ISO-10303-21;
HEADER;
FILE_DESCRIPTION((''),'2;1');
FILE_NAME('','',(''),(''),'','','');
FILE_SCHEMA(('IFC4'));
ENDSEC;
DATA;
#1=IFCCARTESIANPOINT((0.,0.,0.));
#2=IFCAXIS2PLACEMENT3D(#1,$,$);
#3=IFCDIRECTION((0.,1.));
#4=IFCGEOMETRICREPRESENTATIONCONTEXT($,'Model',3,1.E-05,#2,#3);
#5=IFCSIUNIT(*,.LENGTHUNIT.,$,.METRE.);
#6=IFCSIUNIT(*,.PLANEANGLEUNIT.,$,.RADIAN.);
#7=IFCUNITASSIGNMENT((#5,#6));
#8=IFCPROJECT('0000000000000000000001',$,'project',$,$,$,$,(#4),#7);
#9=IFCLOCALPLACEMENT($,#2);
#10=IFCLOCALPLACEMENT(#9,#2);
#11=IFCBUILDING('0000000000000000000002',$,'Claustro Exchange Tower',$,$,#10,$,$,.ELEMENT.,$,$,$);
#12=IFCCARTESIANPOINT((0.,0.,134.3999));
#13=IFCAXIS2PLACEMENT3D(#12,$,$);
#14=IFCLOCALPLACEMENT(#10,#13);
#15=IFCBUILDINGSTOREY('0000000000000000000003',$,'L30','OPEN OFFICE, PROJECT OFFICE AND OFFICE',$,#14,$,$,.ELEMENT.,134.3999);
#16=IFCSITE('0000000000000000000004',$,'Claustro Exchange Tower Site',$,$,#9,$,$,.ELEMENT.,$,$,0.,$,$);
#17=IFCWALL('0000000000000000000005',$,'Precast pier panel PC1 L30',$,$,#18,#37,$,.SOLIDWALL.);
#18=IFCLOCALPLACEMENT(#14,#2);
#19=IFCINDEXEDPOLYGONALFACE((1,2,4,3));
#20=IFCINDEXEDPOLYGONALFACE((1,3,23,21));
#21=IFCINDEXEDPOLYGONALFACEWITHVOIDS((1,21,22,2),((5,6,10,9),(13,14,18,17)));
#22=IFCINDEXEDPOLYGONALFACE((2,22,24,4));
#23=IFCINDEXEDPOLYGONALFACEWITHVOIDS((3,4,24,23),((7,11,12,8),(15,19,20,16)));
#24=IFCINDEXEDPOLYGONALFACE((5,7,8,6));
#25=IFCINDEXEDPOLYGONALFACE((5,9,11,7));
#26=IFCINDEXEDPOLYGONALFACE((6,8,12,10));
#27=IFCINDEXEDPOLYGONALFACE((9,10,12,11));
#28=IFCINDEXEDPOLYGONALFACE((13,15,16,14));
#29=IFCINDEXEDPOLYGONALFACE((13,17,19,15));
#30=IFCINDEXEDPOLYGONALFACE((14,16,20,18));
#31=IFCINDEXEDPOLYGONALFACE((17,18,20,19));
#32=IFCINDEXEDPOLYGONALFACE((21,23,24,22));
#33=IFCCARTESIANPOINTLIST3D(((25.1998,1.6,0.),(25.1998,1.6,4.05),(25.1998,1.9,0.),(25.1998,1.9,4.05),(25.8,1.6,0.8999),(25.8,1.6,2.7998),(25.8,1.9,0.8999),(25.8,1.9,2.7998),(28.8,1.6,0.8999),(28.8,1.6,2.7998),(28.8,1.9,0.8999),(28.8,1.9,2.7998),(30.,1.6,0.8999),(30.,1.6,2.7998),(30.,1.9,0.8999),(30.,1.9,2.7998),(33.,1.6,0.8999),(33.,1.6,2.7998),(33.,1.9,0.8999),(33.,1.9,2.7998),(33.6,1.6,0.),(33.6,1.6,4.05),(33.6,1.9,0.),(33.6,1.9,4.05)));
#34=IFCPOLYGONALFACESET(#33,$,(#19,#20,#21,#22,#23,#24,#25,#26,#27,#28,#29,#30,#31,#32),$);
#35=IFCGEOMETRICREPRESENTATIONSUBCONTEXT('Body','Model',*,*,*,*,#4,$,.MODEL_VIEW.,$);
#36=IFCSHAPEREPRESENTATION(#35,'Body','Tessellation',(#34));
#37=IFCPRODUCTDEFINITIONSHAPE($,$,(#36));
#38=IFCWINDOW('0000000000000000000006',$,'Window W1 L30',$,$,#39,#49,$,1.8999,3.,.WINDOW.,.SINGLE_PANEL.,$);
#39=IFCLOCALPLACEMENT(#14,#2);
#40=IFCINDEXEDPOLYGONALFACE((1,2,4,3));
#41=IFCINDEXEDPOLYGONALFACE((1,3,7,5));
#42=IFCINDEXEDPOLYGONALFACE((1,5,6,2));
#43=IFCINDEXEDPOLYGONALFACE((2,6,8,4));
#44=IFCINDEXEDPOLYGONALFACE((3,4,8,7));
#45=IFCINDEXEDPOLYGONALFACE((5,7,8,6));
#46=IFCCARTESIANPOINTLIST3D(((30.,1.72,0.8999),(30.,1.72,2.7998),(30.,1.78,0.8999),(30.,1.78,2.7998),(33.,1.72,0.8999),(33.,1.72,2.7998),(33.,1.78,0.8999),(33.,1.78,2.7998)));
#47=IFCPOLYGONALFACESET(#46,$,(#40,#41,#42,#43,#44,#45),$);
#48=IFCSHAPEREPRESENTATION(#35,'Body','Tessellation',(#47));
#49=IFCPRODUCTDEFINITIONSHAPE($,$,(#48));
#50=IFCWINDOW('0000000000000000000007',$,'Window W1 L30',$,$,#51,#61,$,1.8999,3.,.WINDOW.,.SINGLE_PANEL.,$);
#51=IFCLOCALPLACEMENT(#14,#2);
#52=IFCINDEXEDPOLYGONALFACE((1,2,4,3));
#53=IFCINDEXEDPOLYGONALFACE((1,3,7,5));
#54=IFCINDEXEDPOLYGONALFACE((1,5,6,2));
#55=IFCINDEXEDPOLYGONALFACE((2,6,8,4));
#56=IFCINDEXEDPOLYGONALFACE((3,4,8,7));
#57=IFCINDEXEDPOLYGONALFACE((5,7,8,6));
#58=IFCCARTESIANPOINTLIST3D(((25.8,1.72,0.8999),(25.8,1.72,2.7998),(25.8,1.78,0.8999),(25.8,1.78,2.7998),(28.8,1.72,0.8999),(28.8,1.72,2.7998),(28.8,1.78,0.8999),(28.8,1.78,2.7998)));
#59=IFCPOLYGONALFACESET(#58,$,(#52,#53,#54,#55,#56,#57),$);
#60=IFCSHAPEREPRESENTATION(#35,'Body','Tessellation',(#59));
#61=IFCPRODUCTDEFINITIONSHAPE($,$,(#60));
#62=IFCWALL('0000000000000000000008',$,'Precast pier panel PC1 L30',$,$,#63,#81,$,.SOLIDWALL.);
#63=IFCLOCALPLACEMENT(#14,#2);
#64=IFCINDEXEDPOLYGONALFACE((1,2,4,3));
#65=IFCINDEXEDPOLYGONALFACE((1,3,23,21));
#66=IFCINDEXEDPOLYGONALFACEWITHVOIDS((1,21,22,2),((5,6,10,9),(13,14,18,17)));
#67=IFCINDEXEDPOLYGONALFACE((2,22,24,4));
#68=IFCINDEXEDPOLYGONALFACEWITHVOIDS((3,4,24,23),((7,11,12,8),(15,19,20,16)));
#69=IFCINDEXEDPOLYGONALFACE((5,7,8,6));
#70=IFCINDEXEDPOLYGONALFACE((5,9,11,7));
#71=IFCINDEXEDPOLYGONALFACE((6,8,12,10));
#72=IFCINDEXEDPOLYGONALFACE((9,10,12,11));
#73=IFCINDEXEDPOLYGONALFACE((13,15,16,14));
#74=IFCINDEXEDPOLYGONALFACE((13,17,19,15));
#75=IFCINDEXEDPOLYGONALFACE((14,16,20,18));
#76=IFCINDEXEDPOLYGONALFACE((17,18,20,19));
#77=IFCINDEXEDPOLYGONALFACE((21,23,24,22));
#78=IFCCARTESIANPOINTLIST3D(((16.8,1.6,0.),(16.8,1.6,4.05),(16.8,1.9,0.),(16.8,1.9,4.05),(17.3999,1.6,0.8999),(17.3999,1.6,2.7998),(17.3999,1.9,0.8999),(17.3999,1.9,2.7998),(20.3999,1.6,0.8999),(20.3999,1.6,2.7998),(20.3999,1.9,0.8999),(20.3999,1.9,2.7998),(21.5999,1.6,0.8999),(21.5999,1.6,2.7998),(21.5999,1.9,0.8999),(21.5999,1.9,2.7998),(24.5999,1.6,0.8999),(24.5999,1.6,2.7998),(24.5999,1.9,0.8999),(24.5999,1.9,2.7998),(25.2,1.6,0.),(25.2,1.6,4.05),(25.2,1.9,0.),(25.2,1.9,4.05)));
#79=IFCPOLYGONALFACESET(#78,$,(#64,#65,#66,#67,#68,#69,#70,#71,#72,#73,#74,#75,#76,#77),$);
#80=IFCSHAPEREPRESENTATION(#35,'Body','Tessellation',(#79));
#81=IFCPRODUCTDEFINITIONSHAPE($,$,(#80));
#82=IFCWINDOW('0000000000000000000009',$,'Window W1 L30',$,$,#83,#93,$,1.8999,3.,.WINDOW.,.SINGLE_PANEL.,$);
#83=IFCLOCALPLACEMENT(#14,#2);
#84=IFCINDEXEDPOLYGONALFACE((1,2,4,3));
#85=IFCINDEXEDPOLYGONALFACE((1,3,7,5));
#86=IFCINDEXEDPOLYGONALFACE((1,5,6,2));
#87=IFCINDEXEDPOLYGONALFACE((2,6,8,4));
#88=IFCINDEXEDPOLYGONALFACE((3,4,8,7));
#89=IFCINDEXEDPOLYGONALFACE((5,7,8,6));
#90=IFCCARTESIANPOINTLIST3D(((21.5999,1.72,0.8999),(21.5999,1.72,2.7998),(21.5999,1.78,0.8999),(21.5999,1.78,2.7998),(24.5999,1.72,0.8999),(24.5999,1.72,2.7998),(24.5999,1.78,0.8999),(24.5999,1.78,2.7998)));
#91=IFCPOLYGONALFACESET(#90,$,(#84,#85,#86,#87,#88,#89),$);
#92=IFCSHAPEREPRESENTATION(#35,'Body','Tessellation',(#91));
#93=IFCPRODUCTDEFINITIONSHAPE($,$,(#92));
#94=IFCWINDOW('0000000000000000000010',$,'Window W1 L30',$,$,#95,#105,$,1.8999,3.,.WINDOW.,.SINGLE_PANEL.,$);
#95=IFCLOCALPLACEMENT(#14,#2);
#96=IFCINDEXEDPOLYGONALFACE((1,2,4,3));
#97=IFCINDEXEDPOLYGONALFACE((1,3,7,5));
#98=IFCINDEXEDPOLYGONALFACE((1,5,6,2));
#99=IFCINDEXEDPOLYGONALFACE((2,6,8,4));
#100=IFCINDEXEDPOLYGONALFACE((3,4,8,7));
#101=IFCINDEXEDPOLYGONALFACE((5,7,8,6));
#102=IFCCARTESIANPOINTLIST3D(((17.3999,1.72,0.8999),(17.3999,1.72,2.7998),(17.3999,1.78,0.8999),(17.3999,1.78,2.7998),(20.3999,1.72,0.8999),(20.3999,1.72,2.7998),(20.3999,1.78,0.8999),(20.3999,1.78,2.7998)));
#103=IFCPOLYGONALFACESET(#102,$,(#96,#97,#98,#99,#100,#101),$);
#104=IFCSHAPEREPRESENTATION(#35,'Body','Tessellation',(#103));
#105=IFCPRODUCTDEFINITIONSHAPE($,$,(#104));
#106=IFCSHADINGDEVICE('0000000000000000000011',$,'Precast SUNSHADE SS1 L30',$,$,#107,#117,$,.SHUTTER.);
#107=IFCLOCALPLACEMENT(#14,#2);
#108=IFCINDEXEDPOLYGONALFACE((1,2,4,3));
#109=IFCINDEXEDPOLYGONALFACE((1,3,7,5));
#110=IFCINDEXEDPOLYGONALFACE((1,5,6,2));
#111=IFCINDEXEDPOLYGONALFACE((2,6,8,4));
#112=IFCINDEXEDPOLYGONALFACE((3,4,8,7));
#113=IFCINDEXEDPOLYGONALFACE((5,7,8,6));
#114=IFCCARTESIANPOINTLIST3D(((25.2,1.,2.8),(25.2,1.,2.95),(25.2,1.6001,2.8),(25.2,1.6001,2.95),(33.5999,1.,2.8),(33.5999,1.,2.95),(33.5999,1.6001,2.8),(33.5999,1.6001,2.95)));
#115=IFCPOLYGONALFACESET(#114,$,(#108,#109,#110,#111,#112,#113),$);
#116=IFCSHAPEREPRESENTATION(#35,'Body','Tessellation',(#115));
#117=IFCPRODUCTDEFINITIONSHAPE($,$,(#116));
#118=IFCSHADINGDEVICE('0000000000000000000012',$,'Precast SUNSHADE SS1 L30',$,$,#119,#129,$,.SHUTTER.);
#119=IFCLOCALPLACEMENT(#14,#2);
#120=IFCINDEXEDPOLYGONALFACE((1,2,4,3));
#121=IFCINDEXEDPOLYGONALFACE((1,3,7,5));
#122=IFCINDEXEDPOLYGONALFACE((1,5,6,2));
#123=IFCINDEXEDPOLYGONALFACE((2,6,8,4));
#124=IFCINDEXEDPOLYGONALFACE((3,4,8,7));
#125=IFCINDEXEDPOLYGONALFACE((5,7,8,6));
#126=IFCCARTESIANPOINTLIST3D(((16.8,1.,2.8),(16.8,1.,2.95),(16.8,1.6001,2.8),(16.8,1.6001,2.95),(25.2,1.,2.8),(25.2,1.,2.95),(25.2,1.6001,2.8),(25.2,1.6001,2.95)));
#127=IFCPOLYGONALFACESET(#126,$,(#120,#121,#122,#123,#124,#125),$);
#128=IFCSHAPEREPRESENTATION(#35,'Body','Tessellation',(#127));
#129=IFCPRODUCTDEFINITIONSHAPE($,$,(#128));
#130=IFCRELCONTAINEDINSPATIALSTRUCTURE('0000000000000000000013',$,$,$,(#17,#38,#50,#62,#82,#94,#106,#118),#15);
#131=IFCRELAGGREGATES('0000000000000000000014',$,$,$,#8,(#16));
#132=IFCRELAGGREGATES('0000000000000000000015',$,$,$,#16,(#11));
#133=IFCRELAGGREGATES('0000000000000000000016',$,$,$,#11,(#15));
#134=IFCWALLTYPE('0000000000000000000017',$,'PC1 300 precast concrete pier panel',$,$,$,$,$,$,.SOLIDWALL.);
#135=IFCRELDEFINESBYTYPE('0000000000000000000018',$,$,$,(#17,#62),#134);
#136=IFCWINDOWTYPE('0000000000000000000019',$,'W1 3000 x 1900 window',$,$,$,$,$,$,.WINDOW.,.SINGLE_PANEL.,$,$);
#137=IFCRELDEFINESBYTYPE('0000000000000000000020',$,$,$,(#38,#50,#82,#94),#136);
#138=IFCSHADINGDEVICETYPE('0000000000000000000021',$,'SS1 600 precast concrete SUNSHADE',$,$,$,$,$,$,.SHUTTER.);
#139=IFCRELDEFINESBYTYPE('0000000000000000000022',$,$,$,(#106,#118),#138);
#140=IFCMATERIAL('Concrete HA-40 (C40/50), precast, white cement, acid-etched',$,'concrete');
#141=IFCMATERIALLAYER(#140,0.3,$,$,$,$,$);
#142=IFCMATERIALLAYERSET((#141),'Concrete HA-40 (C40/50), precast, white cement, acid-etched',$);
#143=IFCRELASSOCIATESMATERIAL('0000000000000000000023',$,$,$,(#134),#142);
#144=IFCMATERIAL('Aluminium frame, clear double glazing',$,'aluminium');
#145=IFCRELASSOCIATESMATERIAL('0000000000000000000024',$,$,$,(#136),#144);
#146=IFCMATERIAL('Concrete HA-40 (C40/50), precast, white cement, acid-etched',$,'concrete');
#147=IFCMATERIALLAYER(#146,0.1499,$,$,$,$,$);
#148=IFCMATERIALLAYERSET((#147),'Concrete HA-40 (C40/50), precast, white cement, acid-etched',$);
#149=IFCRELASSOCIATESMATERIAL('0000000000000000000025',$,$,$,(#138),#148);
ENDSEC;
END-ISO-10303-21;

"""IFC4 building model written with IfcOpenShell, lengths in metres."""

from ifc_helpers import new_model, si_unit, direction, frame, frame_2d, origin, origin_2d, place, context, subcontext, project, spatial, rectangle, extrude, material, layer, layer_set, type_object, element, fill, save


model = new_model("IFC4")

# Units and contexts
model_context = context("Model", 3, precision=1e-05, world=origin(), true_north=direction((0.0, 1.0)))
body_context = subcontext(model_context, "Body", "Model", "MODEL_VIEW")
ifc_project = project(units=[si_unit("LENGTHUNIT", "METRE"), si_unit("PLANEANGLEUNIT", "RADIAN")], contexts=[model_context])

# Site, building, storey
site_placement = place(None, origin())
site = spatial("IfcSite", under=ifc_project, at=site_placement, Name="Claustro Exchange Tower Site", CompositionType="ELEMENT", RefElevation=0.0)
building_placement = place(site_placement, origin())
building = spatial("IfcBuilding", under=site, at=building_placement, Name="Claustro Exchange Tower", CompositionType="ELEMENT")
storey_placement = place(building_placement, frame((0.0, 0.0, 134.3999)))
storey = spatial("IfcBuildingStorey", under=building, at=storey_placement, Name="L30", Description="OPEN OFFICE, PROJECT OFFICE AND OFFICE", CompositionType="ELEMENT", Elevation=134.3999)

# Walls, openings, windows
ifc_material_1 = material(Name="Concrete HA-40 (C40/50), precast, white cement, acid-etched", Category="concrete")
ifc_layer_1 = layer(ifc_material_1, 0.3)
ifc_layer_set_1 = layer_set([ifc_layer_1], Name="Concrete HA-40 (C40/50), precast, white cement, acid-etched")
wall_type_1 = type_object("IfcWallType", Name="PC1 300 precast concrete pier panel", PredefinedType="SOLIDWALL", material=ifc_layer_set_1)
wall_1_placement = place(storey_placement, frame((33.6001, 1.75, 0.0), z_axis=(0.0, 0.0, 1.0), x_axis=(-1.0, 0.0, 0.0)))
wall_1 = element("IfcWall", 1, at=wall_1_placement, inside=storey, type_object=wall_type_1, Name="Precast pier panel PC1 L30", PredefinedType="SOLIDWALL", context=body_context, shape_type="SweptSolid", body=[
    extrude(rectangle(XDim=8.4001, YDim=0.3, at=frame_2d((4.2002, 0.0))), origin(), (0.0, 0.0, 1.0), 4.05),
])
opening_1_placement = place(wall_1_placement, frame((0.6001, 0.0, 0.8999)))
opening_1 = element("IfcOpeningElement", 2, at=opening_1_placement, cuts=wall_1, PredefinedType="OPENING", context=body_context, shape_type="SweptSolid", body=[
    extrude(rectangle(XDim=3.0, YDim=1.8999, at=frame_2d((1.5, 0.95))), frame((0.0, 0.1599, 0.0), z_axis=(0.0, -1.0, 0.0), x_axis=(1.0, 0.0, 0.0)), (0.0, 0.0, 1.0), 0.3201),
])
opening_2_placement = place(wall_1_placement, frame((4.8, 0.0, 0.8999)))
opening_2 = element("IfcOpeningElement", 3, at=opening_2_placement, cuts=wall_1, PredefinedType="OPENING", context=body_context, shape_type="SweptSolid", body=[
    extrude(rectangle(XDim=3.0, YDim=1.8999, at=frame_2d((1.5, 0.95))), frame((0.0, 0.1599, 0.0), z_axis=(0.0, -1.0, 0.0), x_axis=(1.0, 0.0, 0.0)), (0.0, 0.0, 1.0), 0.3201),
])
ifc_material_2 = material(Name="Aluminium frame, clear double glazing", Category="aluminium")
window_type = type_object("IfcWindowType", Name="W1 3000 x 1900 window", PartitioningType="SINGLE_PANEL", PredefinedType="WINDOW", material=ifc_material_2)
window_1_placement = place(opening_1_placement, origin())
window_1 = element("IfcWindow", 4, at=window_1_placement, inside=storey, type_object=window_type, Name="Window W1 L30", OverallHeight=1.8999, OverallWidth=3.0, PartitioningType="SINGLE_PANEL", PredefinedType="WINDOW", context=body_context, shape_type="SweptSolid", body=[
    extrude(rectangle(XDim=3.0, YDim=1.8999, at=frame_2d((1.5, 0.95))), frame((0.0, 0.03, 0.0), z_axis=(0.0, -1.0, 0.0), x_axis=(1.0, 0.0, 0.0)), (0.0, 0.0, 1.0), 0.0601),
])
fill(opening_1, window_1)
window_2_placement = place(opening_2_placement, origin())
window_2 = element("IfcWindow", 5, at=window_2_placement, inside=storey, type_object=window_type, Name="Window W1 L30", OverallHeight=1.8999, OverallWidth=3.0, PartitioningType="SINGLE_PANEL", PredefinedType="WINDOW", context=body_context, shape_type="SweptSolid", body=[
    extrude(rectangle(XDim=3.0, YDim=1.8999, at=frame_2d((1.5, 0.95))), frame((0.0, 0.03, 0.0), z_axis=(0.0, -1.0, 0.0), x_axis=(1.0, 0.0, 0.0)), (0.0, 0.0, 1.0), 0.0601),
])
fill(opening_2, window_2)
wall_2_placement = place(storey_placement, frame((25.2, 1.75, 0.0), z_axis=(0.0, 0.0, 1.0), x_axis=(-1.0, 0.0, 0.0)))
wall_2 = element("IfcWall", 6, at=wall_2_placement, inside=storey, type_object=wall_type_1, Name="Precast pier panel PC1 L30", PredefinedType="SOLIDWALL", context=body_context, shape_type="SweptSolid", body=[
    extrude(rectangle(XDim=8.3999, YDim=0.3, at=frame_2d((4.2, 0.0))), origin(), (0.0, 0.0, 1.0), 4.05),
])
opening_3_placement = place(wall_2_placement, frame((0.6001, 0.0, 0.8999)))
opening_3 = element("IfcOpeningElement", 7, at=opening_3_placement, cuts=wall_2, PredefinedType="OPENING", context=body_context, shape_type="SweptSolid", body=[
    extrude(rectangle(XDim=3.0, YDim=1.8999, at=frame_2d((1.5, 0.95))), frame((0.0, 0.1599, 0.0), z_axis=(0.0, -1.0, 0.0), x_axis=(1.0, 0.0, 0.0)), (0.0, 0.0, 1.0), 0.3201),
])
opening_4_placement = place(wall_2_placement, frame((4.8, 0.0, 0.8999)))
opening_4 = element("IfcOpeningElement", 8, at=opening_4_placement, cuts=wall_2, PredefinedType="OPENING", context=body_context, shape_type="SweptSolid", body=[
    extrude(rectangle(XDim=3.0, YDim=1.8999, at=frame_2d((1.5, 0.95))), frame((0.0, 0.1599, 0.0), z_axis=(0.0, -1.0, 0.0), x_axis=(1.0, 0.0, 0.0)), (0.0, 0.0, 1.0), 0.3201),
])
window_3_placement = place(opening_3_placement, origin())
window_3 = element("IfcWindow", 9, at=window_3_placement, inside=storey, type_object=window_type, Name="Window W1 L30", OverallHeight=1.8999, OverallWidth=3.0, PartitioningType="SINGLE_PANEL", PredefinedType="WINDOW", context=body_context, shape_type="SweptSolid", body=[
    extrude(rectangle(XDim=3.0, YDim=1.8999, at=frame_2d((1.5, 0.95))), frame((0.0, 0.03, 0.0), z_axis=(0.0, -1.0, 0.0), x_axis=(1.0, 0.0, 0.0)), (0.0, 0.0, 1.0), 0.0601),
])
fill(opening_3, window_3)
window_4_placement = place(opening_4_placement, origin())
window_4 = element("IfcWindow", 10, at=window_4_placement, inside=storey, type_object=window_type, Name="Window W1 L30", OverallHeight=1.8999, OverallWidth=3.0, PartitioningType="SINGLE_PANEL", PredefinedType="WINDOW", context=body_context, shape_type="SweptSolid", body=[
    extrude(rectangle(XDim=3.0, YDim=1.8999, at=frame_2d((1.5, 0.95))), frame((0.0, 0.03, 0.0), z_axis=(0.0, -1.0, 0.0), x_axis=(1.0, 0.0, 0.0)), (0.0, 0.0, 1.0), 0.0601),
])
fill(opening_4, window_4)

# Shading devices
ifc_material_3 = material(Name="Concrete HA-40 (C40/50), precast, white cement, acid-etched", Category="concrete")
ifc_layer_2 = layer(ifc_material_3, 0.1499)
ifc_layer_set_2 = layer_set([ifc_layer_2], Name="Concrete HA-40 (C40/50), precast, white cement, acid-etched")
shading_device_type = type_object("IfcShadingDeviceType", Name="SS1 600 precast concrete SUNSHADE", PredefinedType="SHUTTER", material=ifc_layer_set_2)
for number, where, z_axis, x_axis, name in (
    (11, (29.3999, 1.3, 2.8), (0.0, 0.0, 1.0), (-1.0, 0.0, 0.0), "Precast SUNSHADE SS1 L30"),
    (12, (21.0, 1.3, 2.8), (0.0, 0.0, 1.0), (-1.0, 0.0, 0.0), "Precast SUNSHADE SS1 L30"),
):
    element("IfcShadingDevice", number, at=place(storey_placement, frame(where, z_axis=z_axis, x_axis=x_axis)), inside=storey, type_object=shading_device_type, Name=name, PredefinedType="SHUTTER", context=body_context, shape_type="SweptSolid", body=[
        extrude(rectangle(XDim=8.3999, YDim=0.6001, at=origin_2d()), origin(), (0.0, 0.0, 1.0), 0.1499),
    ])

save(model, "model.ifc")
